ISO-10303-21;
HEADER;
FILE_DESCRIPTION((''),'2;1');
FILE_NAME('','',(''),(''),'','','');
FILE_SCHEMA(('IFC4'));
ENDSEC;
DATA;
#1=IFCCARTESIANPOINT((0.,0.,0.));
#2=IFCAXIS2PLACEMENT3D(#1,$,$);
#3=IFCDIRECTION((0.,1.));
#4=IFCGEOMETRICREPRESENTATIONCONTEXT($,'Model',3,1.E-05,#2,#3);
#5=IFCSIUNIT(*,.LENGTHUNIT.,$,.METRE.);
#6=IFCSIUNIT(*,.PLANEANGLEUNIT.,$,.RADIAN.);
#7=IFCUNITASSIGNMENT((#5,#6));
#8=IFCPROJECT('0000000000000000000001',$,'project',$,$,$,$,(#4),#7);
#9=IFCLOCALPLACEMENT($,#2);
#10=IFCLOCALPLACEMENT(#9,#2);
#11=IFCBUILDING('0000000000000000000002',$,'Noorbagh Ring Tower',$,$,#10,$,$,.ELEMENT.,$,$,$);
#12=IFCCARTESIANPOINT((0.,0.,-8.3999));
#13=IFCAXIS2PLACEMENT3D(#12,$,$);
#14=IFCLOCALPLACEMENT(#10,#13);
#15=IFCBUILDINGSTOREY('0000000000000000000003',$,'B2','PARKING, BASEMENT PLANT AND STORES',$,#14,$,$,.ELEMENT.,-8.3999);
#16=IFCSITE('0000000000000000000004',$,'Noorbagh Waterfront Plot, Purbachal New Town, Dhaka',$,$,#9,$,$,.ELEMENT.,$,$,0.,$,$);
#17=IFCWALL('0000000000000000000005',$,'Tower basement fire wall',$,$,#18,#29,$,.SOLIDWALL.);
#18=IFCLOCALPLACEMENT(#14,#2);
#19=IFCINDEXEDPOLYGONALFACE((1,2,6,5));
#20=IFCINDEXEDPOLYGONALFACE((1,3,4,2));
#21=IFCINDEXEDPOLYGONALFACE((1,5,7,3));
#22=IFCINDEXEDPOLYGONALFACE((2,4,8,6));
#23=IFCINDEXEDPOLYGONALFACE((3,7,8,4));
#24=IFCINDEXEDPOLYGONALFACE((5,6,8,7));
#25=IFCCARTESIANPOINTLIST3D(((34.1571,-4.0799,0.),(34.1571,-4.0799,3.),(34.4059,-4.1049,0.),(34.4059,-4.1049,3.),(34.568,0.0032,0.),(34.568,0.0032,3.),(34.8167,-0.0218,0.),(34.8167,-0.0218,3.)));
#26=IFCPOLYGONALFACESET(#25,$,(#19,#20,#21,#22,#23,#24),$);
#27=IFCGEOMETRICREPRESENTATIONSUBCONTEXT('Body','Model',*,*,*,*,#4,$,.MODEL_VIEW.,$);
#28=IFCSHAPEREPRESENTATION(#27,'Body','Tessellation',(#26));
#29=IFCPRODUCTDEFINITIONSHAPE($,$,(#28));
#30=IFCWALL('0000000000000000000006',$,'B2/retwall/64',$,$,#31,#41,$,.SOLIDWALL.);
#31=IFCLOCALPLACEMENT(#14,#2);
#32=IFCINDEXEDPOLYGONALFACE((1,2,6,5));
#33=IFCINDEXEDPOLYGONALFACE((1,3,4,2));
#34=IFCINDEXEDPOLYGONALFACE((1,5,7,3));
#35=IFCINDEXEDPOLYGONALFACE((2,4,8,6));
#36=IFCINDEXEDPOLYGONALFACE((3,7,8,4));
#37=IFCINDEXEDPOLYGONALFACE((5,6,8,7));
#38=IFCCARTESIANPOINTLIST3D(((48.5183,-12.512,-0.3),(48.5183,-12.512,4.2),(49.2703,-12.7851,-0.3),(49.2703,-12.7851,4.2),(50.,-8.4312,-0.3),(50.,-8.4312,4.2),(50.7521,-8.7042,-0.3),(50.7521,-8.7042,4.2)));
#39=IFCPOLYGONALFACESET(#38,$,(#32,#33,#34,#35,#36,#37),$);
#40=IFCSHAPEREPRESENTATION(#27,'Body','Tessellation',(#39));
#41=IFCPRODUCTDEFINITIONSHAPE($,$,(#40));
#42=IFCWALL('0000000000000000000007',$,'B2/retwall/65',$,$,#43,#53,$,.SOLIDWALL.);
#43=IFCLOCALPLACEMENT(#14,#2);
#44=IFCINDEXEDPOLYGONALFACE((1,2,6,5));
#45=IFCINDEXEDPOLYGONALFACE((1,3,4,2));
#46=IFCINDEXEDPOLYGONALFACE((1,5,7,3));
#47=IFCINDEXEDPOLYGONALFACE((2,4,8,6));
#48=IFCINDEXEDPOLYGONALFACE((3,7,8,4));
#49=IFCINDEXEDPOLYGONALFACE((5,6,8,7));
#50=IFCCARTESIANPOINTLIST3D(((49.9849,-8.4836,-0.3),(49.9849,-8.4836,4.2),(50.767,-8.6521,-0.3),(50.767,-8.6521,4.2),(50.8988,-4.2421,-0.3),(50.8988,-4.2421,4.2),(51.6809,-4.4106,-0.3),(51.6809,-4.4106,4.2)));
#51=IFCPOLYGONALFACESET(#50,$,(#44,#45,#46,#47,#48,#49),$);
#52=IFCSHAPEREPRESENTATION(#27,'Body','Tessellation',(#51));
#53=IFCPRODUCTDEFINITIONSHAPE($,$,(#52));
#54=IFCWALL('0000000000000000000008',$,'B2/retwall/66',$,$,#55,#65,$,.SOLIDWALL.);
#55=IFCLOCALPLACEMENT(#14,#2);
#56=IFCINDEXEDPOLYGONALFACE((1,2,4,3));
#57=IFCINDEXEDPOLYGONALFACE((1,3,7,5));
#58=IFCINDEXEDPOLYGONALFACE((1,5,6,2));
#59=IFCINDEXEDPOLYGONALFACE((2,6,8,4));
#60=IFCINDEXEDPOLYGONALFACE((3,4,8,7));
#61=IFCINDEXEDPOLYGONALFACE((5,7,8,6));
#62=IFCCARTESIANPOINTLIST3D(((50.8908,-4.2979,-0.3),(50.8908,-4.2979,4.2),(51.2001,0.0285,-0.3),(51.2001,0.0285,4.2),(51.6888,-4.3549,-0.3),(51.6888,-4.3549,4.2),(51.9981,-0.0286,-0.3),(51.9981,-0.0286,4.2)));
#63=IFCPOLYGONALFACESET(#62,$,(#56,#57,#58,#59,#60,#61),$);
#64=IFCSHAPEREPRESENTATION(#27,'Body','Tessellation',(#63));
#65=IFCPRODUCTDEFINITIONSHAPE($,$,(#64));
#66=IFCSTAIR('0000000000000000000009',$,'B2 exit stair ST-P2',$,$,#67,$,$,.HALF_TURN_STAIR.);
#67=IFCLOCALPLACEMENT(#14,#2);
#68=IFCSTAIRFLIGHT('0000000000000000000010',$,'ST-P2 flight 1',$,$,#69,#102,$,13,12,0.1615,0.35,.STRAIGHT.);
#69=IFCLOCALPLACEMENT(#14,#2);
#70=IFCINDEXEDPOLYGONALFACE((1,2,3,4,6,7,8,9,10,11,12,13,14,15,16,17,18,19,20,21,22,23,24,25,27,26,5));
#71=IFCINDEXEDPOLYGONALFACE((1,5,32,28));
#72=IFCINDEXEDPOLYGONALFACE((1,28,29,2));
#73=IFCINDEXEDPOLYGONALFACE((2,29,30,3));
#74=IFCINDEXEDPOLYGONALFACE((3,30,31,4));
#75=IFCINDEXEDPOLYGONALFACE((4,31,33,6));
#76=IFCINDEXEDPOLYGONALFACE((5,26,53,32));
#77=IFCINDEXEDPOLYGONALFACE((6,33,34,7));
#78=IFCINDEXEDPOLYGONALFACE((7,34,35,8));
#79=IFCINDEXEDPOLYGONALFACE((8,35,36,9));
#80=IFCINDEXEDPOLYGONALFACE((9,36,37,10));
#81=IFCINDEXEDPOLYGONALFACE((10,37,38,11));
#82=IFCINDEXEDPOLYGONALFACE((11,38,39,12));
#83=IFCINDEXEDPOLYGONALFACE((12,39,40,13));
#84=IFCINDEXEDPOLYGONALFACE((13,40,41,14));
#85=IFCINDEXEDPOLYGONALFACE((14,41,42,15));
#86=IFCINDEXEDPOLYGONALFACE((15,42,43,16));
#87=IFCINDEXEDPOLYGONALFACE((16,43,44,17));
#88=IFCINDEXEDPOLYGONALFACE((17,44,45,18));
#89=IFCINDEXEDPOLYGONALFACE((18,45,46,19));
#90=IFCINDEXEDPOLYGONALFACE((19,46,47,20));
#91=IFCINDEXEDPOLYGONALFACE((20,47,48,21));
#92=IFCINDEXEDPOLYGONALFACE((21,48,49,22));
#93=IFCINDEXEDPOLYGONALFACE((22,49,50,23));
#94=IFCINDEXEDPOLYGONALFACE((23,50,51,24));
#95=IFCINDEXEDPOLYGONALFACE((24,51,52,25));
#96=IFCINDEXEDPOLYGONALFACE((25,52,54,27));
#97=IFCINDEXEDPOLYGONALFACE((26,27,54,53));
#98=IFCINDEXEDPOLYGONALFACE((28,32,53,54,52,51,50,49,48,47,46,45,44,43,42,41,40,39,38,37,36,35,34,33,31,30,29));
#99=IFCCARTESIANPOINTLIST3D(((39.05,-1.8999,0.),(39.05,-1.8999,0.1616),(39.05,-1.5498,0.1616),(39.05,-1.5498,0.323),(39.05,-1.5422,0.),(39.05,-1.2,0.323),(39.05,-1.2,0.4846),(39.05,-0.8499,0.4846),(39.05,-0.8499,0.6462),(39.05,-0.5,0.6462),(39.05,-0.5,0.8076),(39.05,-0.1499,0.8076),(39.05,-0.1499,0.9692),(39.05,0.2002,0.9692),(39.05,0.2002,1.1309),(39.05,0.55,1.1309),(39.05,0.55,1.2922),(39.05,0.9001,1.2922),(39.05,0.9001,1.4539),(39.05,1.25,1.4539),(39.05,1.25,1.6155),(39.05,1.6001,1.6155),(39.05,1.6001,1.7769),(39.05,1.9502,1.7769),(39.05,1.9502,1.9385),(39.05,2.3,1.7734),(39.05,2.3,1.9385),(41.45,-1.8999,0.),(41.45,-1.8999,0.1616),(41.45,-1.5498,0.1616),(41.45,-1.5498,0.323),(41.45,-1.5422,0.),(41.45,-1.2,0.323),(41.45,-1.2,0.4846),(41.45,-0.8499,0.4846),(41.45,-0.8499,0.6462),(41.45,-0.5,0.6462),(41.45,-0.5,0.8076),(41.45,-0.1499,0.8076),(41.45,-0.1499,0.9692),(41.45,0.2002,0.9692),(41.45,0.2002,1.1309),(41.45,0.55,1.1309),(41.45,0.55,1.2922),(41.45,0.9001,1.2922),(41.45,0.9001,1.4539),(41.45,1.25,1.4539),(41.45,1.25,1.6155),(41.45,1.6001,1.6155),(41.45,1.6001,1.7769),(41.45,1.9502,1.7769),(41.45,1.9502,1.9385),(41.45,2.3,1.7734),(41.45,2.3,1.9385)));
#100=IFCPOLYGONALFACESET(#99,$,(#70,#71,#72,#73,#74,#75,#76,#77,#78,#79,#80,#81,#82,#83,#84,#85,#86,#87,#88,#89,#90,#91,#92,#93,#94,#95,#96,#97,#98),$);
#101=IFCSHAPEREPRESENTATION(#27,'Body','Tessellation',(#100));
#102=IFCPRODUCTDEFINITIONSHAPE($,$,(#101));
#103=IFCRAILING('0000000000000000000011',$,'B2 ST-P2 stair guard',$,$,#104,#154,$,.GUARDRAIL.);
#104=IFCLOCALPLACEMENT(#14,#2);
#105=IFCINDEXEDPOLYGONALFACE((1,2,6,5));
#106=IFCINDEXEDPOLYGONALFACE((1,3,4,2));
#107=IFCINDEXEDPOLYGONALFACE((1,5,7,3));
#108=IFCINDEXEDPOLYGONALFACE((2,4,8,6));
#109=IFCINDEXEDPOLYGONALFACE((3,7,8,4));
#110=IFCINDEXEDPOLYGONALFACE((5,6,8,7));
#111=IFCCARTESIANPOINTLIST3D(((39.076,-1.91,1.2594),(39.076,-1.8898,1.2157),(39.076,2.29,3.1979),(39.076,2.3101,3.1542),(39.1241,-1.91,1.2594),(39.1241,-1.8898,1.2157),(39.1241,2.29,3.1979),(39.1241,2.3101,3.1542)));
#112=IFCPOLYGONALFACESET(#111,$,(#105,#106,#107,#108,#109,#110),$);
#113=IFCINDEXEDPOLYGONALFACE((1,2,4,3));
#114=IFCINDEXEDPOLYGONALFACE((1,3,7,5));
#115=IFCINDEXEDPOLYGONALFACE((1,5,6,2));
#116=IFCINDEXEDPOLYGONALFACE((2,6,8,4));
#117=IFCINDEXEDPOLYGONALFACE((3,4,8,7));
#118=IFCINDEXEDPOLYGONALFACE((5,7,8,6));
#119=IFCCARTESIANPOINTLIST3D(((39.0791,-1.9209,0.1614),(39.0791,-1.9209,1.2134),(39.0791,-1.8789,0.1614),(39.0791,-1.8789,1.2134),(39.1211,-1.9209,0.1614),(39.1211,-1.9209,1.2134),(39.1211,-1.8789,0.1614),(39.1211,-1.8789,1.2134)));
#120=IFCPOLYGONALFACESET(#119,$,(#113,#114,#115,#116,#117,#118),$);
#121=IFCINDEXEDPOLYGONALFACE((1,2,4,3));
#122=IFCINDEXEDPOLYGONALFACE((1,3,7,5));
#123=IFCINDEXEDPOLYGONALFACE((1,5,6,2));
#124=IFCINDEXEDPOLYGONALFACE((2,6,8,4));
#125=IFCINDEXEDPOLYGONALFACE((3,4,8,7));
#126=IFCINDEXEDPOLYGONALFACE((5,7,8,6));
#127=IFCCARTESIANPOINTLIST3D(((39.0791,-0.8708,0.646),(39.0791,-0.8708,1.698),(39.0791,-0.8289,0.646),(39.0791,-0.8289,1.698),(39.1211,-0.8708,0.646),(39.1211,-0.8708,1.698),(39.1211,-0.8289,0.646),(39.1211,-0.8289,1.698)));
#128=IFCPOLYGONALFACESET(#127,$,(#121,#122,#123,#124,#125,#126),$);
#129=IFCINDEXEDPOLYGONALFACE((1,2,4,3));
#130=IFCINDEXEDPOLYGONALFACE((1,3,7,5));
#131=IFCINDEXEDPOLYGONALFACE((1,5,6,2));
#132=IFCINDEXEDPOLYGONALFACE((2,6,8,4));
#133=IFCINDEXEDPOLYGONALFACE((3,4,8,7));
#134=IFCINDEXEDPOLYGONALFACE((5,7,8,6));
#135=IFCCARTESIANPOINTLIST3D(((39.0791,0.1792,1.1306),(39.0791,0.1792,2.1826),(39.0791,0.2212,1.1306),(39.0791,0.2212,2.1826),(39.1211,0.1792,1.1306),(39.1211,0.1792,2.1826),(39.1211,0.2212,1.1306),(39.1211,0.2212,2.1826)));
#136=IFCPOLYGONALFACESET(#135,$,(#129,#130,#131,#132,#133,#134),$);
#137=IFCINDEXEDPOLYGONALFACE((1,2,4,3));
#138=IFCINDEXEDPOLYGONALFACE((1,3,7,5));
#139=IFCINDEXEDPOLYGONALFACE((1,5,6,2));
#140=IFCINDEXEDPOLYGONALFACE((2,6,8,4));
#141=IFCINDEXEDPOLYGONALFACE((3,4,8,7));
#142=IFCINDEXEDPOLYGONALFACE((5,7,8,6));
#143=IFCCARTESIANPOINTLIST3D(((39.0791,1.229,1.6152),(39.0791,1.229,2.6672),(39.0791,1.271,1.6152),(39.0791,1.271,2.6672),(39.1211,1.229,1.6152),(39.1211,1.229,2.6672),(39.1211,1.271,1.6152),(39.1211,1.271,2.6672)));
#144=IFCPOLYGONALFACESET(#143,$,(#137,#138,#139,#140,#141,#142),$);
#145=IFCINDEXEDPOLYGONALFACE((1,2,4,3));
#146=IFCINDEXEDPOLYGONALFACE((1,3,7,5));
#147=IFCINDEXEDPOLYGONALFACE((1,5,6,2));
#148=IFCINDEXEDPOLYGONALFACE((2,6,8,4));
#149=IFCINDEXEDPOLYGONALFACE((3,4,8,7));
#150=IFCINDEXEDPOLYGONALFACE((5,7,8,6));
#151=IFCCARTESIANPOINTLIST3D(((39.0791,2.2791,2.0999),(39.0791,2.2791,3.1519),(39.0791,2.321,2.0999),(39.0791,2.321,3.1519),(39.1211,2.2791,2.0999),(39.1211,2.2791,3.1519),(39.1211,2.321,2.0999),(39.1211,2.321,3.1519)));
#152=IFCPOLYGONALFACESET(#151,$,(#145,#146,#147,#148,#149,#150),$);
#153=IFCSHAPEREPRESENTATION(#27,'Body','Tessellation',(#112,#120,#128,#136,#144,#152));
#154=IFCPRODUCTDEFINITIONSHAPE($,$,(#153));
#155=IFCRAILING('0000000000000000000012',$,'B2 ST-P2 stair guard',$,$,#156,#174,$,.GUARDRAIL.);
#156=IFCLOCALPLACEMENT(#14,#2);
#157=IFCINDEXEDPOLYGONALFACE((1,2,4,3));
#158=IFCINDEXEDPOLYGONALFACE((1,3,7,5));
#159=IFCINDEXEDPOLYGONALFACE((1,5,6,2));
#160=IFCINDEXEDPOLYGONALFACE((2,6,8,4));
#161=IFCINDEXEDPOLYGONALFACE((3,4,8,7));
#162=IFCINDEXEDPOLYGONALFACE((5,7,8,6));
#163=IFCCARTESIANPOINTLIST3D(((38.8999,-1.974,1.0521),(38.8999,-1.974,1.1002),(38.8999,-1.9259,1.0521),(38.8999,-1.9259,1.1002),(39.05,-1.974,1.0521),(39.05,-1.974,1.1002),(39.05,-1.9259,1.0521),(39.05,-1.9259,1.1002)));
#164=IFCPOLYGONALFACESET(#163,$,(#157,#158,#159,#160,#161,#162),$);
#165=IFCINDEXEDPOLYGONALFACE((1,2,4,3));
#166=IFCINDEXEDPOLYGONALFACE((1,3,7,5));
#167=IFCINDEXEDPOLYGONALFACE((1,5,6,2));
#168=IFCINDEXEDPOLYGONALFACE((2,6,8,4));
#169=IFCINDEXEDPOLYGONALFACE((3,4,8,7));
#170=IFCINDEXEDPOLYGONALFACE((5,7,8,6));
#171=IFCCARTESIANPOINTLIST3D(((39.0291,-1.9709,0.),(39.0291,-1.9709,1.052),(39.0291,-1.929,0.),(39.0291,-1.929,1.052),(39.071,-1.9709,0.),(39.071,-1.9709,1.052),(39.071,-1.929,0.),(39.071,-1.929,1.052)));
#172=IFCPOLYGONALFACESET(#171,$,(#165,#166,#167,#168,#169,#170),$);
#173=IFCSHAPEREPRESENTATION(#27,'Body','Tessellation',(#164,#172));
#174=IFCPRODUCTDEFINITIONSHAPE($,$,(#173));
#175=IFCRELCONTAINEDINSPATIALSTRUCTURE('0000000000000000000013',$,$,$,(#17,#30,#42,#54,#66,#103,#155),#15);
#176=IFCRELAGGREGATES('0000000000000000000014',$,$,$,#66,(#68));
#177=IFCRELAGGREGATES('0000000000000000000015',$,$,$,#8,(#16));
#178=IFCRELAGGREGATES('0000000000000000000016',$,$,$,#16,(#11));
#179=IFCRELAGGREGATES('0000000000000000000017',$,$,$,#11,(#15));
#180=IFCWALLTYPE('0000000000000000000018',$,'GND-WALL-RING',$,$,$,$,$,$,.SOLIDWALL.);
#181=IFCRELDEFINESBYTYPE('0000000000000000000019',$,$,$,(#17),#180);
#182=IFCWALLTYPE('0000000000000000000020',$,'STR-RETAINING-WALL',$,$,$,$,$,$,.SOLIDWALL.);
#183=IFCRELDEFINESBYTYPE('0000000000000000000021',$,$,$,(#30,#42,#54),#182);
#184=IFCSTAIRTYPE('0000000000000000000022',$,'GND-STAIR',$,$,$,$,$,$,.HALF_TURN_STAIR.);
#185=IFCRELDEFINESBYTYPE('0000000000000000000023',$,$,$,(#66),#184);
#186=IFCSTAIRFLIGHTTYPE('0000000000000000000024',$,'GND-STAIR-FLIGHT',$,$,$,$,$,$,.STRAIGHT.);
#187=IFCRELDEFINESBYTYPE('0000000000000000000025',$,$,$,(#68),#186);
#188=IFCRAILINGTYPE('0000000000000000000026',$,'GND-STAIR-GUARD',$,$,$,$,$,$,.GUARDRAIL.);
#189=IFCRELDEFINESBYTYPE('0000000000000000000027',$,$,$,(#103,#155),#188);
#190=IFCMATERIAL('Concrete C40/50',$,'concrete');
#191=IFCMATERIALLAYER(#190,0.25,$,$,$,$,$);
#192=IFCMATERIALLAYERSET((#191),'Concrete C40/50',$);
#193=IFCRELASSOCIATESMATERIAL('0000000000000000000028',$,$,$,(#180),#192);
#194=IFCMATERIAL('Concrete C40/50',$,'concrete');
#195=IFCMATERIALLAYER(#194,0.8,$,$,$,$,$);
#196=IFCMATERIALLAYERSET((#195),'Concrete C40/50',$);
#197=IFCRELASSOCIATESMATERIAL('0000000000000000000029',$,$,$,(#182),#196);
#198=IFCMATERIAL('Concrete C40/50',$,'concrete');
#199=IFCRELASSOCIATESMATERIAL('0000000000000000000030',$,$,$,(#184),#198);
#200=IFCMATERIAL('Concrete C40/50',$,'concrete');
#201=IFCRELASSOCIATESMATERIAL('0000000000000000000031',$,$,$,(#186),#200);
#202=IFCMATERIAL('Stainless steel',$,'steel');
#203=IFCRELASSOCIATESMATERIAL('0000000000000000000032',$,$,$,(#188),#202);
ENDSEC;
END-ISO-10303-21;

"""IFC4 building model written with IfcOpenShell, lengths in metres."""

from ifc_helpers import new_model, si_unit, direction, frame, frame_2d, origin, origin_2d, place, context, subcontext, project, spatial, polyline, rectangle, outline, extrude, material, layer, layer_set, type_object, element, aggregate, save


model = new_model("IFC4")

# Units and contexts
model_context = context("Model", 3, precision=1e-05, world=origin(), true_north=direction((0.0, 1.0)))
body_context = subcontext(model_context, "Body", "Model", "MODEL_VIEW")
ifc_project = project(units=[si_unit("LENGTHUNIT", "METRE"), si_unit("PLANEANGLEUNIT", "RADIAN")], contexts=[model_context])

# Site, building, storey
site_placement = place(None, origin())
site = spatial("IfcSite", under=ifc_project, at=site_placement, Name="Noorbagh Waterfront Plot, Purbachal New Town, Dhaka", CompositionType="ELEMENT", RefElevation=0.0)
building_placement = place(site_placement, origin())
building = spatial("IfcBuilding", under=site, at=building_placement, Name="Noorbagh Ring Tower", CompositionType="ELEMENT")
storey_placement = place(building_placement, frame((0.0, 0.0, -8.3999)))
storey = spatial("IfcBuildingStorey", under=building, at=storey_placement, Name="B2", Description="PARKING, BASEMENT PLANT AND STORES", CompositionType="ELEMENT", Elevation=-8.3999)

# Walls
ifc_material_1 = material(Name="Concrete C40/50", Category="concrete")
ifc_layer_1 = layer(ifc_material_1, 0.25)
ifc_layer_set_1 = layer_set([ifc_layer_1], Name="Concrete C40/50")
wall_type_1 = type_object("IfcWallType", Name="GND-WALL-RING", PredefinedType="SOLIDWALL", material=ifc_layer_set_1)
wall_1_placement = place(storey_placement, frame((34.2815, -4.0923, 0.0), z_axis=(0.0, 0.0, 1.0), x_axis=(0.100122, 0.994975, 0.0)))
element("IfcWall", 1, at=wall_1_placement, inside=storey, type_object=wall_type_1, Name="Tower basement fire wall", PredefinedType="SOLIDWALL", context=body_context, shape_type="SweptSolid", body=[
    extrude(rectangle(XDim=4.1038, YDim=0.25, at=frame_2d((2.0518, 0.0))), origin(), (0.0, 0.0, 1.0), 3.0),
])
ifc_material_2 = material(Name="Concrete C40/50", Category="concrete")
ifc_layer_2 = layer(ifc_material_2, 0.8)
ifc_layer_set_2 = layer_set([ifc_layer_2], Name="Concrete C40/50")
wall_type_2 = type_object("IfcWallType", Name="STR-RETAINING-WALL", PredefinedType="SOLIDWALL", material=ifc_layer_set_2)
wall_2_placement = place(storey_placement, frame((48.8943, -12.6487, -0.3), z_axis=(0.0, 0.0, 1.0), x_axis=(0.341287, 0.939959, 0.0)))
element("IfcWall", 2, at=wall_2_placement, inside=storey, type_object=wall_type_2, Name="B2/retwall/64", PredefinedType="SOLIDWALL", context=body_context, shape_type="SweptSolid", body=[
    extrude(rectangle(XDim=4.3416, YDim=0.8, at=frame_2d((2.1709, 0.0))), origin(), (0.0, 0.0, 1.0), 4.5),
])
wall_3_placement = place(storey_placement, frame((50.376, -8.5679, -0.3), z_axis=(0.0, 0.0, 1.0), x_axis=(0.210616, 0.977569, 0.0)))
element("IfcWall", 3, at=wall_3_placement, inside=storey, type_object=wall_type_2, Name="B2/retwall/65", PredefinedType="SOLIDWALL", context=body_context, shape_type="SweptSolid", body=[
    extrude(rectangle(XDim=4.3389, YDim=0.8, at=frame_2d((2.1694, 0.0))), origin(), (0.0, 0.0, 1.0), 4.5),
])
wall_4_placement = place(storey_placement, frame((51.2898, -4.3264, -0.3), z_axis=(0.0, 0.0, 1.0), x_axis=(0.071315, 0.997454, 0.0)))
element("IfcWall", 4, at=wall_4_placement, inside=storey, type_object=wall_type_2, Name="B2/retwall/66", PredefinedType="SOLIDWALL", context=body_context, shape_type="SweptSolid", body=[
    extrude(rectangle(XDim=4.3374, YDim=0.8, at=frame_2d((2.1687, 0.0))), origin(), (0.0, 0.0, 1.0), 4.5),
])

# Stair, stair flight
ifc_material_3 = material(Name="Concrete C40/50", Category="concrete")
stair_type = type_object("IfcStairType", Name="GND-STAIR", PredefinedType="HALF_TURN_STAIR", material=ifc_material_3)
stair_placement = place(storey_placement, origin())
stair = element("IfcStair", 5, at=stair_placement, inside=storey, type_object=stair_type, Name="B2 exit stair ST-P2", PredefinedType="HALF_TURN_STAIR")
ifc_material_4 = material(Name="Concrete C40/50", Category="concrete")
stair_flight_type = type_object("IfcStairFlightType", Name="GND-STAIR-FLIGHT", PredefinedType="STRAIGHT", material=ifc_material_4)
stair_flight_placement = place(storey_placement, frame((40.25, -1.8999, 0.0), z_axis=(0.0, 0.0, 1.0), x_axis=(0.0, 1.0, 0.0)))
stair_flight = element("IfcStairFlight", 6, at=stair_flight_placement, type_object=stair_flight_type, Name="ST-P2 flight 1", NumberOfRisers=13, NumberOfTreads=12, PredefinedType="STRAIGHT", RiserHeight=0.1615, TreadLength=0.35, context=body_context, shape_type="SweptSolid", body=[
    extrude(outline(polyline([(0.0, 0.0), (0.0, 0.1616), (0.3501, 0.1616), (0.3501, 0.323), (0.7, 0.323), (0.7, 0.4846), (1.05, 0.4846), (1.05, 0.6462), (1.3999, 0.6462), (1.3999, 0.8076), (1.75, 0.8076), (1.75, 0.9692), (2.1001, 0.9692), (2.1001, 1.1309), (2.45, 1.1309), (2.45, 1.2922), (2.8, 1.2922), (2.8, 1.4539), (3.1499, 1.4539), (3.1499, 1.6155), (3.5, 1.6155), (3.5, 1.7769), (3.8501, 1.7769), (3.8501, 1.9385), (4.2, 1.9385), (4.2, 2.1001), (4.2, 1.7734), (0.3577, 0.0), (0.0, 0.0)])), frame((0.0, 1.2, 0.0), z_axis=(0.0, -1.0, 0.0), x_axis=(1.0, 0.0, 0.0)), (0.0, 0.0, 1.0), 2.3999),
])
aggregate(stair, [stair_flight])

# Railings
ifc_material_5 = material(Name="Stainless steel", Category="steel")
railing_type_1 = type_object("IfcRailingType", Name="GND-STAIR-GUARD", PredefinedType="GUARDRAIL", material=ifc_material_5)
railing_1_placement = place(storey_placement, frame((39.1001, -1.8999, 0.1614)))
element("IfcRailing", 7, at=railing_1_placement, inside=storey, type_object=railing_type_1, Name="B2 ST-P2 stair guard", PredefinedType="GUARDRAIL", context=body_context, shape_type="SweptSolid", body=[
    extrude(rectangle(XDim=0.0481, YDim=0.0481, at=origin_2d()), frame((0.0, 0.0, 1.0762), z_axis=(0.0, 0.907956, 0.419065), x_axis=(-1.0, 0.0, 0.0)), (0.0, 0.0, 1.0), 4.6257),
    extrude(rectangle(XDim=0.042, YDim=0.042, at=origin_2d()), origin(), (0.0, 0.0, 1.0), 1.052),
    extrude(rectangle(XDim=0.042, YDim=0.042, at=origin_2d()), frame((0.0, 1.05, 0.4846)), (0.0, 0.0, 1.0), 1.052),
    extrude(rectangle(XDim=0.042, YDim=0.042, at=origin_2d()), frame((0.0, 2.1001, 0.9692)), (0.0, 0.0, 1.0), 1.052),
    extrude(rectangle(XDim=0.042, YDim=0.042, at=origin_2d()), frame((0.0, 3.1499, 1.4539)), (0.0, 0.0, 1.0), 1.052),
    extrude(rectangle(XDim=0.042, YDim=0.042, at=origin_2d()), frame((0.0, 4.2, 1.9385)), (0.0, 0.0, 1.0), 1.052),
])
railing_2_placement = place(storey_placement, frame((39.05, -1.95, 0.0)))
element("IfcRailing", 8, at=railing_2_placement, inside=storey, type_object=railing_type_1, Name="B2 ST-P2 stair guard", PredefinedType="GUARDRAIL", context=body_context, shape_type="SweptSolid", body=[
    extrude(rectangle(XDim=0.0481, YDim=0.0481, at=origin_2d()), frame((0.0, 0.0, 1.0762), z_axis=(-1.0, 0.0, 0.0), x_axis=(0.0, -1.0, 0.0)), (0.0, 0.0, 1.0), 0.1501),
    extrude(rectangle(XDim=0.042, YDim=0.042, at=origin_2d()), origin(), (0.0, 0.0, 1.0), 1.052),
])

save(model, "model.ifc")
